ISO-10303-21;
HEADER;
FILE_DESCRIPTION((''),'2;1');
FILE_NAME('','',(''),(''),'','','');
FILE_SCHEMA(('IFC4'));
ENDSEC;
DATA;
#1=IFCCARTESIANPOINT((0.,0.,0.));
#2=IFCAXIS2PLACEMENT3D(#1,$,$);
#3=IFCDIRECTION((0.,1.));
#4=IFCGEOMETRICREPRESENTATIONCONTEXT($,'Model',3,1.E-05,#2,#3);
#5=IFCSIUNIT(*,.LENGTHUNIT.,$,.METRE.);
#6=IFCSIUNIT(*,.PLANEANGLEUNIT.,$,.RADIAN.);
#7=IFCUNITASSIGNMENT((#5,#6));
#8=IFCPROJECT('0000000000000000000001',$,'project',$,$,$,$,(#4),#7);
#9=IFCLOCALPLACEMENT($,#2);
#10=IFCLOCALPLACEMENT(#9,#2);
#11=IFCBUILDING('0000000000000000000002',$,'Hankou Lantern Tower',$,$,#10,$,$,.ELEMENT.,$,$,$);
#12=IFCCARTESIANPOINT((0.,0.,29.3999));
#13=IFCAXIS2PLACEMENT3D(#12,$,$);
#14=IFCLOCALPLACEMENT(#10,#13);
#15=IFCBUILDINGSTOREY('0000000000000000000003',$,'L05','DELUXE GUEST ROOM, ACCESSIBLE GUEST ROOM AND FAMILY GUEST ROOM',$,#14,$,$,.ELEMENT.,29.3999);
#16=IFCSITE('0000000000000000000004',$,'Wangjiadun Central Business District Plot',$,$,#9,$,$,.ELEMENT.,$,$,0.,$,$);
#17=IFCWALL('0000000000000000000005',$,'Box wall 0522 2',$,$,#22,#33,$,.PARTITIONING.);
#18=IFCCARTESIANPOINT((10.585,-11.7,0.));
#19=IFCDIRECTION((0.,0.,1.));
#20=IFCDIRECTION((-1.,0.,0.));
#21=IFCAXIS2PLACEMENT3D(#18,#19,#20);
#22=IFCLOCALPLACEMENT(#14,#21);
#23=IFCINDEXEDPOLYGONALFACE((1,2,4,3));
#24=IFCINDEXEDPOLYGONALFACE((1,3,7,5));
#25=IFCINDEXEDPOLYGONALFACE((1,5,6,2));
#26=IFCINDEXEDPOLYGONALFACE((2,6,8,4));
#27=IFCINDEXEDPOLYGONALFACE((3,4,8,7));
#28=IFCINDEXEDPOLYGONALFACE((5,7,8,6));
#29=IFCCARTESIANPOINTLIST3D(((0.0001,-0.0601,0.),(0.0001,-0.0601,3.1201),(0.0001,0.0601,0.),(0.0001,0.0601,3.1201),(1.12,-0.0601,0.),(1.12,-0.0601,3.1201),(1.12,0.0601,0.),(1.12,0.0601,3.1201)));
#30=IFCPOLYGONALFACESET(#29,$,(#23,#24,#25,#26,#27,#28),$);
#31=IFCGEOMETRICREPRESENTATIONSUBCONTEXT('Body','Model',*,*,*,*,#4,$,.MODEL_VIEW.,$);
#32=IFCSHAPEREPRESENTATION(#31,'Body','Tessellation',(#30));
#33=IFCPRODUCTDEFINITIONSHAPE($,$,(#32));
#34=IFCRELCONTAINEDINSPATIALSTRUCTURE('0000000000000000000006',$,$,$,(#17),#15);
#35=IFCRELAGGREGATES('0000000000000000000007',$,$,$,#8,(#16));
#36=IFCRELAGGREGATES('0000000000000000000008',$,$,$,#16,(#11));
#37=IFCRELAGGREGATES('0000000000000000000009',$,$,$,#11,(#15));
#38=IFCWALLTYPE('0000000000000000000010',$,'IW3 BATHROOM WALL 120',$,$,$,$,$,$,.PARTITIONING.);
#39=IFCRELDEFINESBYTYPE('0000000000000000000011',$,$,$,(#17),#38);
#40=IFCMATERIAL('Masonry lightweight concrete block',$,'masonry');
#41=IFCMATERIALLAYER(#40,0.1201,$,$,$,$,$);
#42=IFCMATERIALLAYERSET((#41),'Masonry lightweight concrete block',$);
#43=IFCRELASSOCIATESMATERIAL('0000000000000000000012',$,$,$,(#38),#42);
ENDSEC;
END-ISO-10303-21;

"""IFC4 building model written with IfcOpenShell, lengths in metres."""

from ifc_helpers import new_model, si_unit, direction, frame, frame_2d, origin, place, context, subcontext, project, spatial, rectangle, extrude, material, layer, layer_set, type_object, element, save


model = new_model("IFC4")

# Units and contexts
model_context = context("Model", 3, precision=1e-05, world=origin(), true_north=direction((0.0, 1.0)))
body_context = subcontext(model_context, "Body", "Model", "MODEL_VIEW")
ifc_project = project(units=[si_unit("LENGTHUNIT", "METRE"), si_unit("PLANEANGLEUNIT", "RADIAN")], contexts=[model_context])

# Site, building, storey
site_placement = place(None, origin())
site = spatial("IfcSite", under=ifc_project, at=site_placement, Name="Wangjiadun Central Business District Plot", CompositionType="ELEMENT", RefElevation=0.0)
building_placement = place(site_placement, origin())
building = spatial("IfcBuilding", under=site, at=building_placement, Name="Hankou Lantern Tower", CompositionType="ELEMENT")
storey_placement = place(building_placement, frame((0.0, 0.0, 29.3999)))
storey = spatial("IfcBuildingStorey", under=building, at=storey_placement, Name="L05", Description="DELUXE GUEST ROOM, ACCESSIBLE GUEST ROOM AND FAMILY GUEST ROOM", CompositionType="ELEMENT", Elevation=29.3999)

# Shared definitions
ifc_material_1 = material(Name="Masonry lightweight concrete block", Category="masonry")
ifc_layer_1 = layer(ifc_material_1, 0.1201)
ifc_layer_set_1 = layer_set([ifc_layer_1], Name="Masonry lightweight concrete block")
wall_type_1 = type_object("IfcWallType", Name="IW3 BATHROOM WALL 120", PredefinedType="PARTITIONING", material=ifc_layer_set_1)

# Wall
wall_1_placement = place(storey_placement, frame((10.585, -11.7, 0.0), z_axis=(0.0, 0.0, 1.0), x_axis=(-1.0, 0.0, 0.0)))
element("IfcWall", 1, at=wall_1_placement, inside=storey, type_object=wall_type_1, Name="Box wall 0522 2", PredefinedType="PARTITIONING", context=body_context, shape_type="SweptSolid", body=[
    extrude(rectangle(XDim=1.1199, YDim=0.1201, at=frame_2d((0.5601, 0.0))), origin(), (0.0, 0.0, 1.0), 3.1201),
])

save(model, "model.ifc")
